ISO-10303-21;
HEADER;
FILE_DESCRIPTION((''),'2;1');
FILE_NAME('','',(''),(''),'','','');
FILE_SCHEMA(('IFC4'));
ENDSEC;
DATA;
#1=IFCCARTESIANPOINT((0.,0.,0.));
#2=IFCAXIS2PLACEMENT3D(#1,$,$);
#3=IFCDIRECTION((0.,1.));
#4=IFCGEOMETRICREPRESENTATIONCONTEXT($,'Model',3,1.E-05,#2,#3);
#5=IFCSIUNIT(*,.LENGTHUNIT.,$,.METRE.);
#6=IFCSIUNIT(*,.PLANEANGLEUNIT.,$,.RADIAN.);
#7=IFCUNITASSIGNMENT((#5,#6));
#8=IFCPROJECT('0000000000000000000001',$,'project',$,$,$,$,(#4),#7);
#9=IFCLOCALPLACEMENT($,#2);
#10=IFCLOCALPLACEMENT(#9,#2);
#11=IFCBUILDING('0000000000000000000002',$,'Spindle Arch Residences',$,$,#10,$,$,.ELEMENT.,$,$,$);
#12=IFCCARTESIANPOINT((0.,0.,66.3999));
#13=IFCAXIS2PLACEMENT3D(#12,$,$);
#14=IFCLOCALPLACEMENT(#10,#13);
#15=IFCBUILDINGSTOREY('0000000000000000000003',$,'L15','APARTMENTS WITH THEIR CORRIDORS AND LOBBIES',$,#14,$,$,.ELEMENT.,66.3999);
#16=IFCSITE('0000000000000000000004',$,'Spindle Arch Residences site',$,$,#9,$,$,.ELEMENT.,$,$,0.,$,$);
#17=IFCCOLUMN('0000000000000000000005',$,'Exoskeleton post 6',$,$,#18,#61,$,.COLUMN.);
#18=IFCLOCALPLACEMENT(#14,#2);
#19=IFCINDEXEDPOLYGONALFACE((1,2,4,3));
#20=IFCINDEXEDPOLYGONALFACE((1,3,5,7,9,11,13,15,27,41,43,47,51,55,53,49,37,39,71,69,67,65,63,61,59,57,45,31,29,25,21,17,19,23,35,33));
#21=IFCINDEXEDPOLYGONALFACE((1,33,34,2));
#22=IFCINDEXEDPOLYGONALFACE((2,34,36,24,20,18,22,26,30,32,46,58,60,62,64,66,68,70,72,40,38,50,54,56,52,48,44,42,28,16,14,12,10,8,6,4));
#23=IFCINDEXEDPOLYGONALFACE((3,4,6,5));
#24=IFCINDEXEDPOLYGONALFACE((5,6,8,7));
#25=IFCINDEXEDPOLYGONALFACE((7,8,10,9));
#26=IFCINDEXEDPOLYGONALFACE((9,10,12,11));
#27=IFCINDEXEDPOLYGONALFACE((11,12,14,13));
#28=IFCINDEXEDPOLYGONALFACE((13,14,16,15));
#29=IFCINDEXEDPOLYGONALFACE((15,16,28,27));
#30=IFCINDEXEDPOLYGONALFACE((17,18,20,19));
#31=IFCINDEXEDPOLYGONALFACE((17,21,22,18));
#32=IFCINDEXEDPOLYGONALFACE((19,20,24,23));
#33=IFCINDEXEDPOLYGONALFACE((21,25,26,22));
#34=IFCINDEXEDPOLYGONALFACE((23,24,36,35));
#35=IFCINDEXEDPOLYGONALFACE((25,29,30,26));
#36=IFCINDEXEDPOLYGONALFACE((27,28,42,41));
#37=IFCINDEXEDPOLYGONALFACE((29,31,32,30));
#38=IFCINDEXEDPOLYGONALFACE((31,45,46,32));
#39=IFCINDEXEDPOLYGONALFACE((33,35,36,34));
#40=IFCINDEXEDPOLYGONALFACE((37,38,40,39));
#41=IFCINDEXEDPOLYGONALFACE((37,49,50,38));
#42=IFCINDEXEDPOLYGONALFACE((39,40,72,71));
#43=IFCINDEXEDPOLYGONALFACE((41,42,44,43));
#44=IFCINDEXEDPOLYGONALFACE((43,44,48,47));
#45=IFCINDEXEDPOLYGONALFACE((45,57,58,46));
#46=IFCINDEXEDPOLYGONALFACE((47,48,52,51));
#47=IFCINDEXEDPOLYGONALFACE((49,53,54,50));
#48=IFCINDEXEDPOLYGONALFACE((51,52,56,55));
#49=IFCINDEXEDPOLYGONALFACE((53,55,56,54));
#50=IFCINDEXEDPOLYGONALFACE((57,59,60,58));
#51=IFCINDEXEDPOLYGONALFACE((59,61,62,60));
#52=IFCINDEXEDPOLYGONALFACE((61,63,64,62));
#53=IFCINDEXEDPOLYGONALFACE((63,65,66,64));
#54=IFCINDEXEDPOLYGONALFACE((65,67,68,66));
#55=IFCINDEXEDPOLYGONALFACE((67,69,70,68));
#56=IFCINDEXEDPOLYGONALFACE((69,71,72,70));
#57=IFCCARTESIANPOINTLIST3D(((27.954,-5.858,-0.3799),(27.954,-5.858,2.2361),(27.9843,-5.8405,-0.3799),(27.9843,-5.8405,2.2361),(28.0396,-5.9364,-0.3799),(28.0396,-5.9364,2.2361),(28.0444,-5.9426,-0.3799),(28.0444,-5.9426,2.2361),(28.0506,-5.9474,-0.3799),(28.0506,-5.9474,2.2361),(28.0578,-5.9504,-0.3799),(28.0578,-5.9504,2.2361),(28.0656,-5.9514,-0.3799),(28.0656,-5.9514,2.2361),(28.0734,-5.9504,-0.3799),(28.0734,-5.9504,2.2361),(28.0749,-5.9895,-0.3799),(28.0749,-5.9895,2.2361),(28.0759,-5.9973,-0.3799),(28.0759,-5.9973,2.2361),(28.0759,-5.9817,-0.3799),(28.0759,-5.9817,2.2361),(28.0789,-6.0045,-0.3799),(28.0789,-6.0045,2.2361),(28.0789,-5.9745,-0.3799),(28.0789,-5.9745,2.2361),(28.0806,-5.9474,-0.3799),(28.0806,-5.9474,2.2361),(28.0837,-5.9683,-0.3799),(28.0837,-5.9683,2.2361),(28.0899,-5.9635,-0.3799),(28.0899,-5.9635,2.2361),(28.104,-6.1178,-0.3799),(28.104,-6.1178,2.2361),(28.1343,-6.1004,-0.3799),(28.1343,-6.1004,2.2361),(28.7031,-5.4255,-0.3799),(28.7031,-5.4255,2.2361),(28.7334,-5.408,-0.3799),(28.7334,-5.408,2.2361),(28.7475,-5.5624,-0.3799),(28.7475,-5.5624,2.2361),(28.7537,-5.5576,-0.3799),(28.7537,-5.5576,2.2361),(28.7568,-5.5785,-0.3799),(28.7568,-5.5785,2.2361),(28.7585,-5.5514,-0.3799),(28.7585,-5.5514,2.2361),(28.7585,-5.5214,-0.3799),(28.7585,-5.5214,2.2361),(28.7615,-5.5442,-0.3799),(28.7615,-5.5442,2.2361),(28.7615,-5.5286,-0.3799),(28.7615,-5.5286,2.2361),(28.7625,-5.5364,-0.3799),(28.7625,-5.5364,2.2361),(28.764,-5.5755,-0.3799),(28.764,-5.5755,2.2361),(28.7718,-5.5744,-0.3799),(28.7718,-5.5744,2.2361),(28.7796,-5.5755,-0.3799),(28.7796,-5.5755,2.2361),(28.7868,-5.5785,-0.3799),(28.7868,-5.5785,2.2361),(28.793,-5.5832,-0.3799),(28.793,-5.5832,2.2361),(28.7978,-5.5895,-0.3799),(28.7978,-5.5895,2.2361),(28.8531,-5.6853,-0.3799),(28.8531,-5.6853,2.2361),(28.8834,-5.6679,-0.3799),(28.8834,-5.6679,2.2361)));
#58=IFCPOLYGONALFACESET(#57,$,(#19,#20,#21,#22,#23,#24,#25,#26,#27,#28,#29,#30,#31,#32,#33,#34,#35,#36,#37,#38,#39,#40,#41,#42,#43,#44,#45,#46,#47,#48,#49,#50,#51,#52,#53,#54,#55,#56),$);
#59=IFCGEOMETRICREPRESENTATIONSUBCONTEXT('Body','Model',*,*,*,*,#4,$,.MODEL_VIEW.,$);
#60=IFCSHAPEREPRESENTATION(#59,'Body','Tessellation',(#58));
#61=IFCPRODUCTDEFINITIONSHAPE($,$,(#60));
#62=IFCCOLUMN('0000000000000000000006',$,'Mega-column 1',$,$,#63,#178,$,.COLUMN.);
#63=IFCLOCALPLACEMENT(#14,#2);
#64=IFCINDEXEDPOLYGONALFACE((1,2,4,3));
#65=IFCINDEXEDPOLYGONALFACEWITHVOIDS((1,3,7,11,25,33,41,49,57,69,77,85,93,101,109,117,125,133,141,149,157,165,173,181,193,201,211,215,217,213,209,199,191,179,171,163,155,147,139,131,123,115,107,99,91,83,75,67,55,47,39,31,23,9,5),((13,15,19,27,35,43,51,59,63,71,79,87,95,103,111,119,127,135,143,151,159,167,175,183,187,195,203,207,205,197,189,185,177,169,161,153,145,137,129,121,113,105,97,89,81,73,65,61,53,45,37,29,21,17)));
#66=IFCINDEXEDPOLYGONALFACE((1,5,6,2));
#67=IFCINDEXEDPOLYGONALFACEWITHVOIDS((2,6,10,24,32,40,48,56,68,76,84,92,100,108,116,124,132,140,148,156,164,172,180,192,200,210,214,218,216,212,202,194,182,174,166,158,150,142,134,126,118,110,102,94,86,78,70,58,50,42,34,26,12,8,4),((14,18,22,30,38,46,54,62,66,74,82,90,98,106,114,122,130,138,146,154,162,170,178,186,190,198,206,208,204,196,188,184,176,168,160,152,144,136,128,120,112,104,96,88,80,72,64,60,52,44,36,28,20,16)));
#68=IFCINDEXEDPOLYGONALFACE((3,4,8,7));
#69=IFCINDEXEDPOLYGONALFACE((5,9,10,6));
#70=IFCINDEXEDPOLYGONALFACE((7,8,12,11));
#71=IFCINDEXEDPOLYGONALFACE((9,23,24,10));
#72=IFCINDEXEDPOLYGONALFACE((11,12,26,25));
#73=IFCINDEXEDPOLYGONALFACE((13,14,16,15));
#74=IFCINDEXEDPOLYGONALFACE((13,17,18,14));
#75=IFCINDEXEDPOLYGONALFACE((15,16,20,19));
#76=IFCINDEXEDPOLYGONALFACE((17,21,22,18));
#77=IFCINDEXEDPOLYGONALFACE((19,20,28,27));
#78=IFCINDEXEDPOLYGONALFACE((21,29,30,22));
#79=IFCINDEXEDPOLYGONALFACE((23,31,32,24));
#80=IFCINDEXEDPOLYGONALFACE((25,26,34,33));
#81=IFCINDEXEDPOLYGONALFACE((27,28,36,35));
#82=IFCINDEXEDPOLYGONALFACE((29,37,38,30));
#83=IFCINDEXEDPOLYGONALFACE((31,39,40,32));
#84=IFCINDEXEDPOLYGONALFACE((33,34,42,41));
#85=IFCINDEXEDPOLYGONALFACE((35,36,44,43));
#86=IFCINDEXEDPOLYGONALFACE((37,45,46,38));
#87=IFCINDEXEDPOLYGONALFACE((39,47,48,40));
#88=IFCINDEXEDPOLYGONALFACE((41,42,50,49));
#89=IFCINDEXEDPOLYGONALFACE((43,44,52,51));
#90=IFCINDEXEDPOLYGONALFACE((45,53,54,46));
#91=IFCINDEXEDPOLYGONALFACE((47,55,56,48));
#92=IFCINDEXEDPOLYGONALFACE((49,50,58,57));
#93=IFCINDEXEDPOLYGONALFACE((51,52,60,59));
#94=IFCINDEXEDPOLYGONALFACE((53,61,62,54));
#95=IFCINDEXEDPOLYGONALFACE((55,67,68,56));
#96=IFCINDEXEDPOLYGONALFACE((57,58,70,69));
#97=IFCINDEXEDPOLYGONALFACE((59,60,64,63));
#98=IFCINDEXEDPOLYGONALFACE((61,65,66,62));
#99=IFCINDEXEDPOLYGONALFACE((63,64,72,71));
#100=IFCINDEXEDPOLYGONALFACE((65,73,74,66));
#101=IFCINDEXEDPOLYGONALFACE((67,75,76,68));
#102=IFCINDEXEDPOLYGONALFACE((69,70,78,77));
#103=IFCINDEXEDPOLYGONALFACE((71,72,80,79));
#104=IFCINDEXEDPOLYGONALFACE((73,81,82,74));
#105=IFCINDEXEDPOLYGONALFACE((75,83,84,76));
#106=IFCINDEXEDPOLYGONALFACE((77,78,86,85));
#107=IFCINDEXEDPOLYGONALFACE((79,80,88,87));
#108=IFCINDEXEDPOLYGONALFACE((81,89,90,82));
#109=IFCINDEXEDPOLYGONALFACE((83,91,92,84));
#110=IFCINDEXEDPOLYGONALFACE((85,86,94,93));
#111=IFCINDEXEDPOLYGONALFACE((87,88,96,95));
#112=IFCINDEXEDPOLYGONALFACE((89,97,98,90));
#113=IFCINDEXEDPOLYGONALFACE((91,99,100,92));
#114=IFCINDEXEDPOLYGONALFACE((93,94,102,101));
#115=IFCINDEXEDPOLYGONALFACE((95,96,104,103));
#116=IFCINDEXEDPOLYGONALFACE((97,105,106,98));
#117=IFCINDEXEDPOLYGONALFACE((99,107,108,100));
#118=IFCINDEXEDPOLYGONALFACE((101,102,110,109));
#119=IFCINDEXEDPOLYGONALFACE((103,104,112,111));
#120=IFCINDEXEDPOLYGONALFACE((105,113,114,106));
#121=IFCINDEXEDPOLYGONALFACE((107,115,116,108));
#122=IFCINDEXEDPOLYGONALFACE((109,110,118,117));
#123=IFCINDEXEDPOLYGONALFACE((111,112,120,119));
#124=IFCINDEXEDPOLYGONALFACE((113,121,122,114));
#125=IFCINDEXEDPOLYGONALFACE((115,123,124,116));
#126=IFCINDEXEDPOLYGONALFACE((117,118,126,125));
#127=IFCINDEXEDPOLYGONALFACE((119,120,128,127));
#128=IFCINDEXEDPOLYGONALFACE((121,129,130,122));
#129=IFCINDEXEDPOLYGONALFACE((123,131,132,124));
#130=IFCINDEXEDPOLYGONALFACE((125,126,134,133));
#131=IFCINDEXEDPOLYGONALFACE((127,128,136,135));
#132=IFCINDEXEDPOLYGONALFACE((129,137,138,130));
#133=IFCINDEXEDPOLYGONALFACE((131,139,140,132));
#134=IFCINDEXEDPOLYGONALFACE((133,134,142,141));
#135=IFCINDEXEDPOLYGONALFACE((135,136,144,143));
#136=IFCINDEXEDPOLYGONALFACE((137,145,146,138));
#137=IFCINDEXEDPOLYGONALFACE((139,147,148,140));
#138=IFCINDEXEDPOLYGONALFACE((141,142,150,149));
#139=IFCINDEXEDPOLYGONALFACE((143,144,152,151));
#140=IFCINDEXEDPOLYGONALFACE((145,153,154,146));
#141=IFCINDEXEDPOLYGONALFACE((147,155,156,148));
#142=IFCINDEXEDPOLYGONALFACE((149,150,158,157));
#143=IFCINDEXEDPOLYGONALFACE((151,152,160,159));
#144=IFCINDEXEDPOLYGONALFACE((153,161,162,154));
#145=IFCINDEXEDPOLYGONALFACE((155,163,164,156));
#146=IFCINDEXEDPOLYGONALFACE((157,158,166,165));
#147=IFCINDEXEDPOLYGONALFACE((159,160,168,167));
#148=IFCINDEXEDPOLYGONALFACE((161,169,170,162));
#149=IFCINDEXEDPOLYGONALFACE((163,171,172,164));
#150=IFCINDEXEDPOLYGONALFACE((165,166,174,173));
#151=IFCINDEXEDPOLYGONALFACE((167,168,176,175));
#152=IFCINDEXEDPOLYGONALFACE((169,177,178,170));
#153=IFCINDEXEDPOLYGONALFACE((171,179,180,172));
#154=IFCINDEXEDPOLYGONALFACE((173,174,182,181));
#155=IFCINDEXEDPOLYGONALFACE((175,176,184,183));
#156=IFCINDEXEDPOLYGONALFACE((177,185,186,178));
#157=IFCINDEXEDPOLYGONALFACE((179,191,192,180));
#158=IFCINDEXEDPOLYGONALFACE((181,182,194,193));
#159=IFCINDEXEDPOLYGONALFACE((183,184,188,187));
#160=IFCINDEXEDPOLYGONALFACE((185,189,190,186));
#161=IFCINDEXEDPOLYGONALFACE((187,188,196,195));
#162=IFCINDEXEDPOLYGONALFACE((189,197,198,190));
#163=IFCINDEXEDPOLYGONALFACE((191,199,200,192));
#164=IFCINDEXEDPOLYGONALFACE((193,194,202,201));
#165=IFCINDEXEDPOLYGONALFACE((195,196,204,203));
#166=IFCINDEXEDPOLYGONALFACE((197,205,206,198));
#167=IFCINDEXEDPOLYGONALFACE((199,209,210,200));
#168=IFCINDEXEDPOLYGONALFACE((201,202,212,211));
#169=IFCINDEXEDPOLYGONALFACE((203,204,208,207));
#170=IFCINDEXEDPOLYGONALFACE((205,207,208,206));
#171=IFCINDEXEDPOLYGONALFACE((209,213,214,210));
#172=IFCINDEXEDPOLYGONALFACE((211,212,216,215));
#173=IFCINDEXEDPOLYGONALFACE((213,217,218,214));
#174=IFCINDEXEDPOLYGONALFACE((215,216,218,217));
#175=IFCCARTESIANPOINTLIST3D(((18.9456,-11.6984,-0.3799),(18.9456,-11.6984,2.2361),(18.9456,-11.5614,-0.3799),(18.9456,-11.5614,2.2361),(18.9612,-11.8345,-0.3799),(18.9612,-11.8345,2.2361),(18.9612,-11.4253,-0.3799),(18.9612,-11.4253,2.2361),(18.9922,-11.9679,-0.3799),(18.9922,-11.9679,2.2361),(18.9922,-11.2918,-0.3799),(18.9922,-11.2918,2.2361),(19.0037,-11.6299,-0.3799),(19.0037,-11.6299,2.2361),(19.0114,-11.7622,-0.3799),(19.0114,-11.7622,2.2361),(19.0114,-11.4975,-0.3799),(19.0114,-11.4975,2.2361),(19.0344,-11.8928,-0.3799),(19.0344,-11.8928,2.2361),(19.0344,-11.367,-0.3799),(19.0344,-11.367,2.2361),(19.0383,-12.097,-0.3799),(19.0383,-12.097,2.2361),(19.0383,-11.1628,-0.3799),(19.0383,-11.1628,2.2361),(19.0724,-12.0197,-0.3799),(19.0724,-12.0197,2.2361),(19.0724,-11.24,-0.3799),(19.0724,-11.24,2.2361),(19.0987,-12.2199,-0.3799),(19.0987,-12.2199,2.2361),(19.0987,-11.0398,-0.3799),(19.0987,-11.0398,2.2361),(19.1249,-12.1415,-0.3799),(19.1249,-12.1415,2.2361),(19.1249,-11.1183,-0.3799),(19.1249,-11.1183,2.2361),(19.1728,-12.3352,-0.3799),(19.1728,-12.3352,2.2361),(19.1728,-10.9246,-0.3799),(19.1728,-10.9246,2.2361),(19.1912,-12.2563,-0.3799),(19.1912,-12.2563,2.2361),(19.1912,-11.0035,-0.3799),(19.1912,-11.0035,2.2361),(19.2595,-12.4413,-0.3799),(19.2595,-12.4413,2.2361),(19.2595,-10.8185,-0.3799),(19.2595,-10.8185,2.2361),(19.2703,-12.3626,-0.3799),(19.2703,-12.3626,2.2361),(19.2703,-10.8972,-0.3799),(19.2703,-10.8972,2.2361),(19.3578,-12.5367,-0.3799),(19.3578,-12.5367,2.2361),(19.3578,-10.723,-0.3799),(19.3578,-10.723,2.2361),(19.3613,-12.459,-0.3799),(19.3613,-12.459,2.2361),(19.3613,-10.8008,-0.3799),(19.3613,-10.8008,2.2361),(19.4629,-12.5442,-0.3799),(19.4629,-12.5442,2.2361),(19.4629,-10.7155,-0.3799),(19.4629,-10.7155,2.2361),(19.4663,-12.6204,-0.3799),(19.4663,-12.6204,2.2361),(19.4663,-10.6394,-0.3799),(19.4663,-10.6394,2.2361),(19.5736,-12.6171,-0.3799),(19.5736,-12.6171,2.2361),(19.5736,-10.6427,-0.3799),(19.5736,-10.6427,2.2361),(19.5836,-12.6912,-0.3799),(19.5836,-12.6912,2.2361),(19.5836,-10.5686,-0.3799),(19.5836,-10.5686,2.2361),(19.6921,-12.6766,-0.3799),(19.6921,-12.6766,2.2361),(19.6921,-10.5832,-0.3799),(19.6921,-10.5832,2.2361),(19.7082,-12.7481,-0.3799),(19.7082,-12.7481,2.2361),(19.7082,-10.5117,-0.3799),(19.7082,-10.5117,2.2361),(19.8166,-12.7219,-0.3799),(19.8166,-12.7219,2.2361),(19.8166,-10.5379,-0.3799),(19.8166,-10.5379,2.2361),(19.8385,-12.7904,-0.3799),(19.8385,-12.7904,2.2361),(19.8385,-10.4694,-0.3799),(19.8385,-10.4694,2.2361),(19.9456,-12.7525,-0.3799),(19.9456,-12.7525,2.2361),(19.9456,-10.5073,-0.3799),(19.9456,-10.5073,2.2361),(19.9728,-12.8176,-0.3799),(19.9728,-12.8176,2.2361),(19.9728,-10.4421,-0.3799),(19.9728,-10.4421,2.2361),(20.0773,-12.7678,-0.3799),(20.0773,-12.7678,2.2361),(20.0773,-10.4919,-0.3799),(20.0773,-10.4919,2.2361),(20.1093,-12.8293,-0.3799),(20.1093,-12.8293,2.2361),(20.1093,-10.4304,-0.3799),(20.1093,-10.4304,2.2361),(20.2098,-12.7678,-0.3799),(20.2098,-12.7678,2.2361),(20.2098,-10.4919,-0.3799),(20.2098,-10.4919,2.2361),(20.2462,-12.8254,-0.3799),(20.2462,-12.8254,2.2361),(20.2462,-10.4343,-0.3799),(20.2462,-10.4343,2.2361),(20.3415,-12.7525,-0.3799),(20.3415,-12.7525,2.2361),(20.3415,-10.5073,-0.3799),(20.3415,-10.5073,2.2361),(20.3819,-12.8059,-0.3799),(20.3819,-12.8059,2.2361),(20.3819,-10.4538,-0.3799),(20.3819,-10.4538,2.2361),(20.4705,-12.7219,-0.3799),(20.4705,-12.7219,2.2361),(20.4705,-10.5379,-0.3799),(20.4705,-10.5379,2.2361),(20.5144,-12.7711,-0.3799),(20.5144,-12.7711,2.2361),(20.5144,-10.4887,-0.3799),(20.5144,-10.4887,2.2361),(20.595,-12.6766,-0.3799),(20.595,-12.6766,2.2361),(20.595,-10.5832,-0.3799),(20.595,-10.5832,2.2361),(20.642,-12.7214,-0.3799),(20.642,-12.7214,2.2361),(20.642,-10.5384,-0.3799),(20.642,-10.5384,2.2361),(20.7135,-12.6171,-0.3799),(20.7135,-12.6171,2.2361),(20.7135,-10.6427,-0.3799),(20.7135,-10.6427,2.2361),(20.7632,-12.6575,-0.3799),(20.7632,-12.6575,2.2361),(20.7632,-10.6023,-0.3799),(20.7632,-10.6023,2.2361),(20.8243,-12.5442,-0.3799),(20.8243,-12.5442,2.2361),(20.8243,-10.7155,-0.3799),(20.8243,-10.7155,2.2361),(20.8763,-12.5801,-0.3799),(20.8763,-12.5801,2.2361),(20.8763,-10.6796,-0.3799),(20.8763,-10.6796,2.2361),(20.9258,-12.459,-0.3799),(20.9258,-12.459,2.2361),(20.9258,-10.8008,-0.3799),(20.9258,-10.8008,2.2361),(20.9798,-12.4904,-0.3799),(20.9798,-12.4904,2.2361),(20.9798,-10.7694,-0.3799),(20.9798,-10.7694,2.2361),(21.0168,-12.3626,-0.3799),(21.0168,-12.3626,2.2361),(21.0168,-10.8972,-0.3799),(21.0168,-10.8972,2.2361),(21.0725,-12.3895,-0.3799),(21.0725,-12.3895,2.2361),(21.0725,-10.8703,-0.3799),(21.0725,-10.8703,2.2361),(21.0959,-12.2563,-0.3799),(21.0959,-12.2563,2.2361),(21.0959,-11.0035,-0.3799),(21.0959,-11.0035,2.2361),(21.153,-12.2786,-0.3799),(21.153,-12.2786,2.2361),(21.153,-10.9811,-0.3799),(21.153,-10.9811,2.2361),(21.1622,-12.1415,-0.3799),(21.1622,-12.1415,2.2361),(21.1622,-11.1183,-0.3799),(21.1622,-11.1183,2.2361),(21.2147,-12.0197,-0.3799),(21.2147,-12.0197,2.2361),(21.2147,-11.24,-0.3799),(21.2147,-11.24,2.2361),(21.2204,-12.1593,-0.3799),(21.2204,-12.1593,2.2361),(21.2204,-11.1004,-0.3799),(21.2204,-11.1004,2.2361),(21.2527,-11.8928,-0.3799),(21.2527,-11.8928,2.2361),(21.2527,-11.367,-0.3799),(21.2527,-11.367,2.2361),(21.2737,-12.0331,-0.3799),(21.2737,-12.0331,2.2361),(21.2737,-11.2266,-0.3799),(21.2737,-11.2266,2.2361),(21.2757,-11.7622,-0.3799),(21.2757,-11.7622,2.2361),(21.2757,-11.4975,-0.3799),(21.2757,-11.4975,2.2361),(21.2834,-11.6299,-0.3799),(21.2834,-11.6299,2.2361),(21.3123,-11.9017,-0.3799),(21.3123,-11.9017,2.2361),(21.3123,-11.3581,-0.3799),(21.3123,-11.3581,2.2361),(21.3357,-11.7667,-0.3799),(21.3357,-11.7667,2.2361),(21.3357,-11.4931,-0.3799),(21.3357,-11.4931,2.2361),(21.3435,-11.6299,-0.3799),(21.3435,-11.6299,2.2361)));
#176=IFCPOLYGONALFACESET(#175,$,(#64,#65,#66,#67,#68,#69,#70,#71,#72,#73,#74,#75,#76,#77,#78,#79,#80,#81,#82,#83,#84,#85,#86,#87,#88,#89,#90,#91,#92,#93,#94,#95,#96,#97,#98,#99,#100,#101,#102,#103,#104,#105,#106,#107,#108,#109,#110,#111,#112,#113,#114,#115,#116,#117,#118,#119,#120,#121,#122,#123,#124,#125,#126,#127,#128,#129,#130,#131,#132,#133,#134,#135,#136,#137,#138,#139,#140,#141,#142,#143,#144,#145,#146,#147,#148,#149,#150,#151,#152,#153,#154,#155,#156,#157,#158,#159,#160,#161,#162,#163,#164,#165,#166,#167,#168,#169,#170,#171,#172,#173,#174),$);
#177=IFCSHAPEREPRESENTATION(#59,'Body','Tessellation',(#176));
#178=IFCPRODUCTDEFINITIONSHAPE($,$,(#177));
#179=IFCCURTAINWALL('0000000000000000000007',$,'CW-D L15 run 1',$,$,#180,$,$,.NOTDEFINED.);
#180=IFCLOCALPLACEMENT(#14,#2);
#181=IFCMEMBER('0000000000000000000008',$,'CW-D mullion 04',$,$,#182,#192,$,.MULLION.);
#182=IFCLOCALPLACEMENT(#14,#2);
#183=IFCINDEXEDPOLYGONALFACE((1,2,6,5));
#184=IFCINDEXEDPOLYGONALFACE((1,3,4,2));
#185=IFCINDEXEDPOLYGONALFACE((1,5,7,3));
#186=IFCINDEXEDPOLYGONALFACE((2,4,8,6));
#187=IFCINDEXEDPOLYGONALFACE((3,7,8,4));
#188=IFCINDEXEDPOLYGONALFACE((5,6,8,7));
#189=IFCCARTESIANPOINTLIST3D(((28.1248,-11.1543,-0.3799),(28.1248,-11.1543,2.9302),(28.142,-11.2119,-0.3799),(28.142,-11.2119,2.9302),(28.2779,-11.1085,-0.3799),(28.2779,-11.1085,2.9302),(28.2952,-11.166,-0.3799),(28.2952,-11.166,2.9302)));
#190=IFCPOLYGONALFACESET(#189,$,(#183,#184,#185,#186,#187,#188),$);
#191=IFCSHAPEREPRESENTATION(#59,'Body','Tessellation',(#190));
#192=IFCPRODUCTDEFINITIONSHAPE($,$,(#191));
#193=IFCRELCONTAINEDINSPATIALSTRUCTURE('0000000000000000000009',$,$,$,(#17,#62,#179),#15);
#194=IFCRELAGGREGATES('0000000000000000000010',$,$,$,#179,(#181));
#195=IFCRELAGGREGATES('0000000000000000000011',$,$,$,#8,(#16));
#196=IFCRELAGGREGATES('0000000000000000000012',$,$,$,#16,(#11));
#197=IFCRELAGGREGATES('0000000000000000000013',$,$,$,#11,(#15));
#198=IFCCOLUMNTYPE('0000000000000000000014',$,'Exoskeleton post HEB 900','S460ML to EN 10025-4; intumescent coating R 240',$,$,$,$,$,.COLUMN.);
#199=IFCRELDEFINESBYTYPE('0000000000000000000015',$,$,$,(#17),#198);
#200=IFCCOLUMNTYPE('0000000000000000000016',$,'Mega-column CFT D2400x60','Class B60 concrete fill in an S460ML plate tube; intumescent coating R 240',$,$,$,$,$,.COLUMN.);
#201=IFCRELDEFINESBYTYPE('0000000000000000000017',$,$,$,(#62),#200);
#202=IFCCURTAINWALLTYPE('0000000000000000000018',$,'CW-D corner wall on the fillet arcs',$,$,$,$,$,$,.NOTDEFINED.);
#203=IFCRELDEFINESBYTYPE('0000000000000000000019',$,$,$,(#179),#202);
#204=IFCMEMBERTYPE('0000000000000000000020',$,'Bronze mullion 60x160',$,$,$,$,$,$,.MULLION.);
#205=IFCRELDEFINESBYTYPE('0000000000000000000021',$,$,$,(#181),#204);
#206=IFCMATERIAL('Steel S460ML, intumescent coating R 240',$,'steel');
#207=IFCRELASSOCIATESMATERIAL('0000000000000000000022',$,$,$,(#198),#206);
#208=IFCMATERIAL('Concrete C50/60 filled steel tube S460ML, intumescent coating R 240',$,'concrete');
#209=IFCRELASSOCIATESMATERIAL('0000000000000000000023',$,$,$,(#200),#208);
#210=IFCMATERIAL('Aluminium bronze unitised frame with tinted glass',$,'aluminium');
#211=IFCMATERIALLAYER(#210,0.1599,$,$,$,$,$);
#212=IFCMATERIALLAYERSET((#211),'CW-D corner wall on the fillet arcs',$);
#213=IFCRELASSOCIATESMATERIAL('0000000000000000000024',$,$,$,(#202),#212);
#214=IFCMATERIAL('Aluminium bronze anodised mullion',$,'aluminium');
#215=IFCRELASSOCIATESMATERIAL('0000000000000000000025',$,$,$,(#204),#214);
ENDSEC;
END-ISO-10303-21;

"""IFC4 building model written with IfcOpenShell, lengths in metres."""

from ifc_helpers import new_model, si_unit, direction, frame, origin, origin_2d, place, context, subcontext, project, spatial, rectangle, hollow_circle, i_section, extrude, material, layer, layer_set, material_profile, profile_set, type_object, element, aggregate, save


model = new_model("IFC4")

# Units and contexts
model_context = context("Model", 3, precision=1e-05, world=origin(), true_north=direction((0.0, 1.0)))
body_context = subcontext(model_context, "Body", "Model", "MODEL_VIEW")
ifc_project = project(units=[si_unit("LENGTHUNIT", "METRE"), si_unit("PLANEANGLEUNIT", "RADIAN")], contexts=[model_context])

# Site, building, storey
site_placement = place(None, origin())
site = spatial("IfcSite", under=ifc_project, at=site_placement, Name="Spindle Arch Residences site", CompositionType="ELEMENT", RefElevation=0.0)
building_placement = place(site_placement, origin())
building = spatial("IfcBuilding", under=site, at=building_placement, Name="Spindle Arch Residences", CompositionType="ELEMENT")
storey_placement = place(building_placement, frame((0.0, 0.0, 66.3999)))
storey = spatial("IfcBuildingStorey", under=building, at=storey_placement, Name="L15", Description="APARTMENTS WITH THEIR CORRIDORS AND LOBBIES", CompositionType="ELEMENT", Elevation=66.3999)

# Columns
ifc_material_1 = material(Name="Steel S460ML, intumescent coating R 240", Category="steel")
ifc_material_profile_1 = material_profile(ifc_material_1, i_section(OverallWidth=0.3, OverallDepth=0.8999, WebThickness=0.0186, FlangeThickness=0.0349, FilletRadius=0.03, at=origin_2d()), Name="HEB 900")
ifc_profile_set_1 = profile_set([ifc_material_profile_1], Name="Steel S460ML, intumescent coating R 240")
column_type_1 = type_object("IfcColumnType", Name="Exoskeleton post HEB 900", Description="S460ML to EN 10025-4; intumescent coating R 240", PredefinedType="COLUMN", material=ifc_profile_set_1)
column_1_placement = place(storey_placement, frame((28.4187, -5.7629, -0.3799), z_axis=(0.0, 0.0, 1.0), x_axis=(0.5, -0.866025, 0.0)))
element("IfcColumn", 1, at=column_1_placement, inside=storey, type_object=column_type_1, Name="Exoskeleton post 6", PredefinedType="COLUMN", context=body_context, shape_type="SweptSolid", body=[
    extrude(i_section(OverallWidth=0.3, OverallDepth=0.8999, WebThickness=0.0186, FlangeThickness=0.0349, FilletRadius=0.03, at=origin_2d()), origin(), (0.0, 0.0, 1.0), 2.616),
])
ifc_material_2 = material(Name="Concrete C50/60 filled steel tube S460ML, intumescent coating R 240", Category="concrete")
ifc_material_profile_2 = material_profile(ifc_material_2, hollow_circle(Radius=1.2, WallThickness=0.0601, at=origin_2d()), Name="CFT D2400x60")
ifc_profile_set_2 = profile_set([ifc_material_profile_2], Name="Concrete C50/60 filled steel tube S460ML, intumescent coating R 240")
column_type_2 = type_object("IfcColumnType", Name="Mega-column CFT D2400x60", Description="Class B60 concrete fill in an S460ML plate tube; intumescent coating R 240", PredefinedType="COLUMN", material=ifc_profile_set_2)
column_2_placement = place(storey_placement, frame((20.1436, -11.6299, -0.3799), z_axis=(0.0, 0.0, 1.0), x_axis=(1.0, 0.0, 0.0)))
element("IfcColumn", 2, at=column_2_placement, inside=storey, type_object=column_type_2, Name="Mega-column 1", PredefinedType="COLUMN", context=body_context, shape_type="SweptSolid", body=[
    extrude(hollow_circle(Radius=1.2, WallThickness=0.0601, at=origin_2d()), origin(), (0.0, 0.0, 1.0), 2.616),
])

# Curtain wall, member
ifc_material_3 = material(Name="Aluminium bronze unitised frame with tinted glass", Category="aluminium")
ifc_layer_1 = layer(ifc_material_3, 0.1599)
ifc_layer_set_1 = layer_set([ifc_layer_1], Name="CW-D corner wall on the fillet arcs")
curtain_wall_type_1 = type_object("IfcCurtainWallType", Name="CW-D corner wall on the fillet arcs", PredefinedType="NOTDEFINED", material=ifc_layer_set_1)
curtain_wall_1_placement = place(storey_placement, origin())
curtain_wall_1 = element("IfcCurtainWall", 3, at=curtain_wall_1_placement, inside=storey, type_object=curtain_wall_type_1, Name="CW-D L15 run 1", PredefinedType="NOTDEFINED")
ifc_material_4 = material(Name="Aluminium bronze anodised mullion", Category="aluminium")
ifc_material_profile_3 = material_profile(ifc_material_4, rectangle(XDim=0.1599, YDim=0.0601, at=origin_2d()), Name="MU 60x160")
ifc_profile_set_3 = profile_set([ifc_material_profile_3], Name="Aluminium bronze anodised mullion")
member_type_1 = type_object("IfcMemberType", Name="Bronze mullion 60x160", PredefinedType="MULLION", material=ifc_profile_set_3)
member_1_placement = place(storey_placement, frame((28.21, -11.1602, -0.3799), z_axis=(0.0, 0.0, 1.0), x_axis=(-0.95799, -0.286803, 0.0)))
member_1 = element("IfcMember", 4, at=member_1_placement, type_object=member_type_1, Name="CW-D mullion 04", PredefinedType="MULLION", context=body_context, shape_type="SweptSolid", body=[
    extrude(rectangle(XDim=0.1599, YDim=0.0601, at=origin_2d()), origin(), (0.0, 0.0, 1.0), 3.3101),
])

aggregate(curtain_wall_1, [member_1])

save(model, "model.ifc")
